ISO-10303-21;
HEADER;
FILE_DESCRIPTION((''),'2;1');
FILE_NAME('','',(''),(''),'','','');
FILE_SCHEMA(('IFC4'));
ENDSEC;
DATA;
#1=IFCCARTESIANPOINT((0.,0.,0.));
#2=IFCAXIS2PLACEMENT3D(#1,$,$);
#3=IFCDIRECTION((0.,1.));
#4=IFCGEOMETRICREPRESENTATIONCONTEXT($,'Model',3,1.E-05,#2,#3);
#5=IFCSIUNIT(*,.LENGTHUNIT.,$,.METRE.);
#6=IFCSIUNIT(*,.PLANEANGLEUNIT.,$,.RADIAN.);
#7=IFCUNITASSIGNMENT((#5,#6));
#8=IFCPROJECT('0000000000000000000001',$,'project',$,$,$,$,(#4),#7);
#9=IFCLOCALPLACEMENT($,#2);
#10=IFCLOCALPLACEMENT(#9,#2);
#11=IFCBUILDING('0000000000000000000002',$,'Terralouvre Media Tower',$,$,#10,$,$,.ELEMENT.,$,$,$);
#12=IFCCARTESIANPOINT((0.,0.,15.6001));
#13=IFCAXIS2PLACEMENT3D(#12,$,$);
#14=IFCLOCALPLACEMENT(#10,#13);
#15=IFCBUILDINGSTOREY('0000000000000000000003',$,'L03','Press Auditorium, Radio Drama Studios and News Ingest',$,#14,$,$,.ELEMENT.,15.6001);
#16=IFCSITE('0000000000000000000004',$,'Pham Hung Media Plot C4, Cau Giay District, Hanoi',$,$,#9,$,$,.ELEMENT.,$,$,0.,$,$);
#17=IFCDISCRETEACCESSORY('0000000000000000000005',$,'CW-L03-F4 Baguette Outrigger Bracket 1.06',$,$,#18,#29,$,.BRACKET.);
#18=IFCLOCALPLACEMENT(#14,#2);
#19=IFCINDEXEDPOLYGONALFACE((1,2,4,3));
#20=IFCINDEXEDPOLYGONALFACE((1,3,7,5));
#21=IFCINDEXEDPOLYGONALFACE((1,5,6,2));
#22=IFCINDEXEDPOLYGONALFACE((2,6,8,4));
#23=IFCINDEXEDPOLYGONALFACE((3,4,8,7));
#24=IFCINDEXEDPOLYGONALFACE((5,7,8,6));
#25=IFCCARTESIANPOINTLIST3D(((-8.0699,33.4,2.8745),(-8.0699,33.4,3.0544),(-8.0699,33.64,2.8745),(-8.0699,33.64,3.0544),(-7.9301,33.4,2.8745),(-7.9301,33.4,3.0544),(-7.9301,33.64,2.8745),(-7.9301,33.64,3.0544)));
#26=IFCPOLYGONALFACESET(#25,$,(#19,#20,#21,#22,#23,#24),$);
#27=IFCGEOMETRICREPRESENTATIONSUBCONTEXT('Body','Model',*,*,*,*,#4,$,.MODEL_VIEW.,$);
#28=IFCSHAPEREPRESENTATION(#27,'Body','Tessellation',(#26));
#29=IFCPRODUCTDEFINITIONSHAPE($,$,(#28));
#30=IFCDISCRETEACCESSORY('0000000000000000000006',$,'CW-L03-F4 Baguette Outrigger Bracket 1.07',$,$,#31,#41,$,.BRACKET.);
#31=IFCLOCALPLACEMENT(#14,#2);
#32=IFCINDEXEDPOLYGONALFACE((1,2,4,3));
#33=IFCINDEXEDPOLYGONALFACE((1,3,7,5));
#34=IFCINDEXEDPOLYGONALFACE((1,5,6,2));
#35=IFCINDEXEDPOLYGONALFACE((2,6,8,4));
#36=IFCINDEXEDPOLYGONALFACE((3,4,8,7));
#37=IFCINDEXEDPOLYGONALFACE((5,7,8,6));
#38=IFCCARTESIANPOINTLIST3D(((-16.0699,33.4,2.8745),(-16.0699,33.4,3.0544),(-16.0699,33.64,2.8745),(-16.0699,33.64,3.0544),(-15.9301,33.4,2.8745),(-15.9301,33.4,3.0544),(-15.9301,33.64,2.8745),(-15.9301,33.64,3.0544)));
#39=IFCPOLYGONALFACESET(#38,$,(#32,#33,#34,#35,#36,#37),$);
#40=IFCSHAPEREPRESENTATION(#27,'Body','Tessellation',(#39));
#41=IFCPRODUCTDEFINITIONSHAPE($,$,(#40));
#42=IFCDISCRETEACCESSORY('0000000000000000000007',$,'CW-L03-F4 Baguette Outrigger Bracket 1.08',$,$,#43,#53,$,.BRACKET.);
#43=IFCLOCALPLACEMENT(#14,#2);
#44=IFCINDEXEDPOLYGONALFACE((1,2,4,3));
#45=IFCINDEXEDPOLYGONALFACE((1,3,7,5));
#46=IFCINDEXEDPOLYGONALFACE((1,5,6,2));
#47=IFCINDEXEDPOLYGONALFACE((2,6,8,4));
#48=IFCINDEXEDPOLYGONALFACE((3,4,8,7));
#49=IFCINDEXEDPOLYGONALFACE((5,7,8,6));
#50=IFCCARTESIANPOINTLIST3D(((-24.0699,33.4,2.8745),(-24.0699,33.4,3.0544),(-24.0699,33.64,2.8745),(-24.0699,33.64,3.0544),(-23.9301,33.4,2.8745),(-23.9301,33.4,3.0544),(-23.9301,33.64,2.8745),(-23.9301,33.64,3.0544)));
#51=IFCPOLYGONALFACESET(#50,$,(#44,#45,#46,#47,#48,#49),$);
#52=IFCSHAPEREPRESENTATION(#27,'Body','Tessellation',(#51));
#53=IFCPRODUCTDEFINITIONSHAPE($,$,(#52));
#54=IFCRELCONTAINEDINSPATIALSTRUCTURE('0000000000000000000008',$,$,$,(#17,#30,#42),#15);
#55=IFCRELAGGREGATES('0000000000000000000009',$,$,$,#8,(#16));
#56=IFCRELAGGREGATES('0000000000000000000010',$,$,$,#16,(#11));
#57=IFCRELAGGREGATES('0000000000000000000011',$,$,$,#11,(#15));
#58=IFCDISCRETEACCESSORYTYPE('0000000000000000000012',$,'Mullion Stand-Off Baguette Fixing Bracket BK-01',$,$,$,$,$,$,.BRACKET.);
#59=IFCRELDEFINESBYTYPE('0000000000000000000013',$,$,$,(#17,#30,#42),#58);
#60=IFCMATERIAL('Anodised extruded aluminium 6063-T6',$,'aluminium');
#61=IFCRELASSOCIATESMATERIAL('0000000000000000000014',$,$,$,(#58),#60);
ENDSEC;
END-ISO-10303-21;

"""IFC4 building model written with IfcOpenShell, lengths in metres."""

from ifc_helpers import new_model, si_unit, direction, frame, origin, origin_2d, place, context, subcontext, project, spatial, rectangle, extrude, material, type_object, element, save


model = new_model("IFC4")

# Units and contexts
model_context = context("Model", 3, precision=1e-05, world=origin(), true_north=direction((0.0, 1.0)))
body_context = subcontext(model_context, "Body", "Model", "MODEL_VIEW")
ifc_project = project(units=[si_unit("LENGTHUNIT", "METRE"), si_unit("PLANEANGLEUNIT", "RADIAN")], contexts=[model_context])

# Site, building, storey
site_placement = place(None, origin())
site = spatial("IfcSite", under=ifc_project, at=site_placement, Name="Pham Hung Media Plot C4, Cau Giay District, Hanoi", CompositionType="ELEMENT", RefElevation=0.0)
building_placement = place(site_placement, origin())
building = spatial("IfcBuilding", under=site, at=building_placement, Name="Terralouvre Media Tower", CompositionType="ELEMENT")
storey_placement = place(building_placement, frame((0.0, 0.0, 15.6001)))
storey = spatial("IfcBuildingStorey", under=building, at=storey_placement, Name="L03", Description="Press Auditorium, Radio Drama Studios and News Ingest", CompositionType="ELEMENT", Elevation=15.6001)

# Discrete accessories
ifc_material_1 = material(Name="Anodised extruded aluminium 6063-T6", Category="aluminium")
discrete_accessory_type = type_object("IfcDiscreteAccessoryType", Name="Mullion Stand-Off Baguette Fixing Bracket BK-01", PredefinedType="BRACKET", material=ifc_material_1)
for number, where, z_axis, x_axis, name in (
    (1, (-8.0, 33.52, 2.8745), (0.0, 0.0, 1.0), (-1.0, 0.0, 0.0), "CW-L03-F4 Baguette Outrigger Bracket 1.06"),
    (2, (-16.0, 33.52, 2.8745), (0.0, 0.0, 1.0), (-1.0, 0.0, 0.0), "CW-L03-F4 Baguette Outrigger Bracket 1.07"),
    (3, (-24.0, 33.52, 2.8745), (0.0, 0.0, 1.0), (-1.0, 0.0, 0.0), "CW-L03-F4 Baguette Outrigger Bracket 1.08"),
):
    element("IfcDiscreteAccessory", number, at=place(storey_placement, frame(where, z_axis=z_axis, x_axis=x_axis)), inside=storey, type_object=discrete_accessory_type, Name=name, PredefinedType="BRACKET", context=body_context, shape_type="SweptSolid", body=[
        extrude(rectangle(XDim=0.1399, YDim=0.24, at=origin_2d()), origin(), (0.0, 0.0, 1.0), 0.1799),
    ])

save(model, "model.ifc")
